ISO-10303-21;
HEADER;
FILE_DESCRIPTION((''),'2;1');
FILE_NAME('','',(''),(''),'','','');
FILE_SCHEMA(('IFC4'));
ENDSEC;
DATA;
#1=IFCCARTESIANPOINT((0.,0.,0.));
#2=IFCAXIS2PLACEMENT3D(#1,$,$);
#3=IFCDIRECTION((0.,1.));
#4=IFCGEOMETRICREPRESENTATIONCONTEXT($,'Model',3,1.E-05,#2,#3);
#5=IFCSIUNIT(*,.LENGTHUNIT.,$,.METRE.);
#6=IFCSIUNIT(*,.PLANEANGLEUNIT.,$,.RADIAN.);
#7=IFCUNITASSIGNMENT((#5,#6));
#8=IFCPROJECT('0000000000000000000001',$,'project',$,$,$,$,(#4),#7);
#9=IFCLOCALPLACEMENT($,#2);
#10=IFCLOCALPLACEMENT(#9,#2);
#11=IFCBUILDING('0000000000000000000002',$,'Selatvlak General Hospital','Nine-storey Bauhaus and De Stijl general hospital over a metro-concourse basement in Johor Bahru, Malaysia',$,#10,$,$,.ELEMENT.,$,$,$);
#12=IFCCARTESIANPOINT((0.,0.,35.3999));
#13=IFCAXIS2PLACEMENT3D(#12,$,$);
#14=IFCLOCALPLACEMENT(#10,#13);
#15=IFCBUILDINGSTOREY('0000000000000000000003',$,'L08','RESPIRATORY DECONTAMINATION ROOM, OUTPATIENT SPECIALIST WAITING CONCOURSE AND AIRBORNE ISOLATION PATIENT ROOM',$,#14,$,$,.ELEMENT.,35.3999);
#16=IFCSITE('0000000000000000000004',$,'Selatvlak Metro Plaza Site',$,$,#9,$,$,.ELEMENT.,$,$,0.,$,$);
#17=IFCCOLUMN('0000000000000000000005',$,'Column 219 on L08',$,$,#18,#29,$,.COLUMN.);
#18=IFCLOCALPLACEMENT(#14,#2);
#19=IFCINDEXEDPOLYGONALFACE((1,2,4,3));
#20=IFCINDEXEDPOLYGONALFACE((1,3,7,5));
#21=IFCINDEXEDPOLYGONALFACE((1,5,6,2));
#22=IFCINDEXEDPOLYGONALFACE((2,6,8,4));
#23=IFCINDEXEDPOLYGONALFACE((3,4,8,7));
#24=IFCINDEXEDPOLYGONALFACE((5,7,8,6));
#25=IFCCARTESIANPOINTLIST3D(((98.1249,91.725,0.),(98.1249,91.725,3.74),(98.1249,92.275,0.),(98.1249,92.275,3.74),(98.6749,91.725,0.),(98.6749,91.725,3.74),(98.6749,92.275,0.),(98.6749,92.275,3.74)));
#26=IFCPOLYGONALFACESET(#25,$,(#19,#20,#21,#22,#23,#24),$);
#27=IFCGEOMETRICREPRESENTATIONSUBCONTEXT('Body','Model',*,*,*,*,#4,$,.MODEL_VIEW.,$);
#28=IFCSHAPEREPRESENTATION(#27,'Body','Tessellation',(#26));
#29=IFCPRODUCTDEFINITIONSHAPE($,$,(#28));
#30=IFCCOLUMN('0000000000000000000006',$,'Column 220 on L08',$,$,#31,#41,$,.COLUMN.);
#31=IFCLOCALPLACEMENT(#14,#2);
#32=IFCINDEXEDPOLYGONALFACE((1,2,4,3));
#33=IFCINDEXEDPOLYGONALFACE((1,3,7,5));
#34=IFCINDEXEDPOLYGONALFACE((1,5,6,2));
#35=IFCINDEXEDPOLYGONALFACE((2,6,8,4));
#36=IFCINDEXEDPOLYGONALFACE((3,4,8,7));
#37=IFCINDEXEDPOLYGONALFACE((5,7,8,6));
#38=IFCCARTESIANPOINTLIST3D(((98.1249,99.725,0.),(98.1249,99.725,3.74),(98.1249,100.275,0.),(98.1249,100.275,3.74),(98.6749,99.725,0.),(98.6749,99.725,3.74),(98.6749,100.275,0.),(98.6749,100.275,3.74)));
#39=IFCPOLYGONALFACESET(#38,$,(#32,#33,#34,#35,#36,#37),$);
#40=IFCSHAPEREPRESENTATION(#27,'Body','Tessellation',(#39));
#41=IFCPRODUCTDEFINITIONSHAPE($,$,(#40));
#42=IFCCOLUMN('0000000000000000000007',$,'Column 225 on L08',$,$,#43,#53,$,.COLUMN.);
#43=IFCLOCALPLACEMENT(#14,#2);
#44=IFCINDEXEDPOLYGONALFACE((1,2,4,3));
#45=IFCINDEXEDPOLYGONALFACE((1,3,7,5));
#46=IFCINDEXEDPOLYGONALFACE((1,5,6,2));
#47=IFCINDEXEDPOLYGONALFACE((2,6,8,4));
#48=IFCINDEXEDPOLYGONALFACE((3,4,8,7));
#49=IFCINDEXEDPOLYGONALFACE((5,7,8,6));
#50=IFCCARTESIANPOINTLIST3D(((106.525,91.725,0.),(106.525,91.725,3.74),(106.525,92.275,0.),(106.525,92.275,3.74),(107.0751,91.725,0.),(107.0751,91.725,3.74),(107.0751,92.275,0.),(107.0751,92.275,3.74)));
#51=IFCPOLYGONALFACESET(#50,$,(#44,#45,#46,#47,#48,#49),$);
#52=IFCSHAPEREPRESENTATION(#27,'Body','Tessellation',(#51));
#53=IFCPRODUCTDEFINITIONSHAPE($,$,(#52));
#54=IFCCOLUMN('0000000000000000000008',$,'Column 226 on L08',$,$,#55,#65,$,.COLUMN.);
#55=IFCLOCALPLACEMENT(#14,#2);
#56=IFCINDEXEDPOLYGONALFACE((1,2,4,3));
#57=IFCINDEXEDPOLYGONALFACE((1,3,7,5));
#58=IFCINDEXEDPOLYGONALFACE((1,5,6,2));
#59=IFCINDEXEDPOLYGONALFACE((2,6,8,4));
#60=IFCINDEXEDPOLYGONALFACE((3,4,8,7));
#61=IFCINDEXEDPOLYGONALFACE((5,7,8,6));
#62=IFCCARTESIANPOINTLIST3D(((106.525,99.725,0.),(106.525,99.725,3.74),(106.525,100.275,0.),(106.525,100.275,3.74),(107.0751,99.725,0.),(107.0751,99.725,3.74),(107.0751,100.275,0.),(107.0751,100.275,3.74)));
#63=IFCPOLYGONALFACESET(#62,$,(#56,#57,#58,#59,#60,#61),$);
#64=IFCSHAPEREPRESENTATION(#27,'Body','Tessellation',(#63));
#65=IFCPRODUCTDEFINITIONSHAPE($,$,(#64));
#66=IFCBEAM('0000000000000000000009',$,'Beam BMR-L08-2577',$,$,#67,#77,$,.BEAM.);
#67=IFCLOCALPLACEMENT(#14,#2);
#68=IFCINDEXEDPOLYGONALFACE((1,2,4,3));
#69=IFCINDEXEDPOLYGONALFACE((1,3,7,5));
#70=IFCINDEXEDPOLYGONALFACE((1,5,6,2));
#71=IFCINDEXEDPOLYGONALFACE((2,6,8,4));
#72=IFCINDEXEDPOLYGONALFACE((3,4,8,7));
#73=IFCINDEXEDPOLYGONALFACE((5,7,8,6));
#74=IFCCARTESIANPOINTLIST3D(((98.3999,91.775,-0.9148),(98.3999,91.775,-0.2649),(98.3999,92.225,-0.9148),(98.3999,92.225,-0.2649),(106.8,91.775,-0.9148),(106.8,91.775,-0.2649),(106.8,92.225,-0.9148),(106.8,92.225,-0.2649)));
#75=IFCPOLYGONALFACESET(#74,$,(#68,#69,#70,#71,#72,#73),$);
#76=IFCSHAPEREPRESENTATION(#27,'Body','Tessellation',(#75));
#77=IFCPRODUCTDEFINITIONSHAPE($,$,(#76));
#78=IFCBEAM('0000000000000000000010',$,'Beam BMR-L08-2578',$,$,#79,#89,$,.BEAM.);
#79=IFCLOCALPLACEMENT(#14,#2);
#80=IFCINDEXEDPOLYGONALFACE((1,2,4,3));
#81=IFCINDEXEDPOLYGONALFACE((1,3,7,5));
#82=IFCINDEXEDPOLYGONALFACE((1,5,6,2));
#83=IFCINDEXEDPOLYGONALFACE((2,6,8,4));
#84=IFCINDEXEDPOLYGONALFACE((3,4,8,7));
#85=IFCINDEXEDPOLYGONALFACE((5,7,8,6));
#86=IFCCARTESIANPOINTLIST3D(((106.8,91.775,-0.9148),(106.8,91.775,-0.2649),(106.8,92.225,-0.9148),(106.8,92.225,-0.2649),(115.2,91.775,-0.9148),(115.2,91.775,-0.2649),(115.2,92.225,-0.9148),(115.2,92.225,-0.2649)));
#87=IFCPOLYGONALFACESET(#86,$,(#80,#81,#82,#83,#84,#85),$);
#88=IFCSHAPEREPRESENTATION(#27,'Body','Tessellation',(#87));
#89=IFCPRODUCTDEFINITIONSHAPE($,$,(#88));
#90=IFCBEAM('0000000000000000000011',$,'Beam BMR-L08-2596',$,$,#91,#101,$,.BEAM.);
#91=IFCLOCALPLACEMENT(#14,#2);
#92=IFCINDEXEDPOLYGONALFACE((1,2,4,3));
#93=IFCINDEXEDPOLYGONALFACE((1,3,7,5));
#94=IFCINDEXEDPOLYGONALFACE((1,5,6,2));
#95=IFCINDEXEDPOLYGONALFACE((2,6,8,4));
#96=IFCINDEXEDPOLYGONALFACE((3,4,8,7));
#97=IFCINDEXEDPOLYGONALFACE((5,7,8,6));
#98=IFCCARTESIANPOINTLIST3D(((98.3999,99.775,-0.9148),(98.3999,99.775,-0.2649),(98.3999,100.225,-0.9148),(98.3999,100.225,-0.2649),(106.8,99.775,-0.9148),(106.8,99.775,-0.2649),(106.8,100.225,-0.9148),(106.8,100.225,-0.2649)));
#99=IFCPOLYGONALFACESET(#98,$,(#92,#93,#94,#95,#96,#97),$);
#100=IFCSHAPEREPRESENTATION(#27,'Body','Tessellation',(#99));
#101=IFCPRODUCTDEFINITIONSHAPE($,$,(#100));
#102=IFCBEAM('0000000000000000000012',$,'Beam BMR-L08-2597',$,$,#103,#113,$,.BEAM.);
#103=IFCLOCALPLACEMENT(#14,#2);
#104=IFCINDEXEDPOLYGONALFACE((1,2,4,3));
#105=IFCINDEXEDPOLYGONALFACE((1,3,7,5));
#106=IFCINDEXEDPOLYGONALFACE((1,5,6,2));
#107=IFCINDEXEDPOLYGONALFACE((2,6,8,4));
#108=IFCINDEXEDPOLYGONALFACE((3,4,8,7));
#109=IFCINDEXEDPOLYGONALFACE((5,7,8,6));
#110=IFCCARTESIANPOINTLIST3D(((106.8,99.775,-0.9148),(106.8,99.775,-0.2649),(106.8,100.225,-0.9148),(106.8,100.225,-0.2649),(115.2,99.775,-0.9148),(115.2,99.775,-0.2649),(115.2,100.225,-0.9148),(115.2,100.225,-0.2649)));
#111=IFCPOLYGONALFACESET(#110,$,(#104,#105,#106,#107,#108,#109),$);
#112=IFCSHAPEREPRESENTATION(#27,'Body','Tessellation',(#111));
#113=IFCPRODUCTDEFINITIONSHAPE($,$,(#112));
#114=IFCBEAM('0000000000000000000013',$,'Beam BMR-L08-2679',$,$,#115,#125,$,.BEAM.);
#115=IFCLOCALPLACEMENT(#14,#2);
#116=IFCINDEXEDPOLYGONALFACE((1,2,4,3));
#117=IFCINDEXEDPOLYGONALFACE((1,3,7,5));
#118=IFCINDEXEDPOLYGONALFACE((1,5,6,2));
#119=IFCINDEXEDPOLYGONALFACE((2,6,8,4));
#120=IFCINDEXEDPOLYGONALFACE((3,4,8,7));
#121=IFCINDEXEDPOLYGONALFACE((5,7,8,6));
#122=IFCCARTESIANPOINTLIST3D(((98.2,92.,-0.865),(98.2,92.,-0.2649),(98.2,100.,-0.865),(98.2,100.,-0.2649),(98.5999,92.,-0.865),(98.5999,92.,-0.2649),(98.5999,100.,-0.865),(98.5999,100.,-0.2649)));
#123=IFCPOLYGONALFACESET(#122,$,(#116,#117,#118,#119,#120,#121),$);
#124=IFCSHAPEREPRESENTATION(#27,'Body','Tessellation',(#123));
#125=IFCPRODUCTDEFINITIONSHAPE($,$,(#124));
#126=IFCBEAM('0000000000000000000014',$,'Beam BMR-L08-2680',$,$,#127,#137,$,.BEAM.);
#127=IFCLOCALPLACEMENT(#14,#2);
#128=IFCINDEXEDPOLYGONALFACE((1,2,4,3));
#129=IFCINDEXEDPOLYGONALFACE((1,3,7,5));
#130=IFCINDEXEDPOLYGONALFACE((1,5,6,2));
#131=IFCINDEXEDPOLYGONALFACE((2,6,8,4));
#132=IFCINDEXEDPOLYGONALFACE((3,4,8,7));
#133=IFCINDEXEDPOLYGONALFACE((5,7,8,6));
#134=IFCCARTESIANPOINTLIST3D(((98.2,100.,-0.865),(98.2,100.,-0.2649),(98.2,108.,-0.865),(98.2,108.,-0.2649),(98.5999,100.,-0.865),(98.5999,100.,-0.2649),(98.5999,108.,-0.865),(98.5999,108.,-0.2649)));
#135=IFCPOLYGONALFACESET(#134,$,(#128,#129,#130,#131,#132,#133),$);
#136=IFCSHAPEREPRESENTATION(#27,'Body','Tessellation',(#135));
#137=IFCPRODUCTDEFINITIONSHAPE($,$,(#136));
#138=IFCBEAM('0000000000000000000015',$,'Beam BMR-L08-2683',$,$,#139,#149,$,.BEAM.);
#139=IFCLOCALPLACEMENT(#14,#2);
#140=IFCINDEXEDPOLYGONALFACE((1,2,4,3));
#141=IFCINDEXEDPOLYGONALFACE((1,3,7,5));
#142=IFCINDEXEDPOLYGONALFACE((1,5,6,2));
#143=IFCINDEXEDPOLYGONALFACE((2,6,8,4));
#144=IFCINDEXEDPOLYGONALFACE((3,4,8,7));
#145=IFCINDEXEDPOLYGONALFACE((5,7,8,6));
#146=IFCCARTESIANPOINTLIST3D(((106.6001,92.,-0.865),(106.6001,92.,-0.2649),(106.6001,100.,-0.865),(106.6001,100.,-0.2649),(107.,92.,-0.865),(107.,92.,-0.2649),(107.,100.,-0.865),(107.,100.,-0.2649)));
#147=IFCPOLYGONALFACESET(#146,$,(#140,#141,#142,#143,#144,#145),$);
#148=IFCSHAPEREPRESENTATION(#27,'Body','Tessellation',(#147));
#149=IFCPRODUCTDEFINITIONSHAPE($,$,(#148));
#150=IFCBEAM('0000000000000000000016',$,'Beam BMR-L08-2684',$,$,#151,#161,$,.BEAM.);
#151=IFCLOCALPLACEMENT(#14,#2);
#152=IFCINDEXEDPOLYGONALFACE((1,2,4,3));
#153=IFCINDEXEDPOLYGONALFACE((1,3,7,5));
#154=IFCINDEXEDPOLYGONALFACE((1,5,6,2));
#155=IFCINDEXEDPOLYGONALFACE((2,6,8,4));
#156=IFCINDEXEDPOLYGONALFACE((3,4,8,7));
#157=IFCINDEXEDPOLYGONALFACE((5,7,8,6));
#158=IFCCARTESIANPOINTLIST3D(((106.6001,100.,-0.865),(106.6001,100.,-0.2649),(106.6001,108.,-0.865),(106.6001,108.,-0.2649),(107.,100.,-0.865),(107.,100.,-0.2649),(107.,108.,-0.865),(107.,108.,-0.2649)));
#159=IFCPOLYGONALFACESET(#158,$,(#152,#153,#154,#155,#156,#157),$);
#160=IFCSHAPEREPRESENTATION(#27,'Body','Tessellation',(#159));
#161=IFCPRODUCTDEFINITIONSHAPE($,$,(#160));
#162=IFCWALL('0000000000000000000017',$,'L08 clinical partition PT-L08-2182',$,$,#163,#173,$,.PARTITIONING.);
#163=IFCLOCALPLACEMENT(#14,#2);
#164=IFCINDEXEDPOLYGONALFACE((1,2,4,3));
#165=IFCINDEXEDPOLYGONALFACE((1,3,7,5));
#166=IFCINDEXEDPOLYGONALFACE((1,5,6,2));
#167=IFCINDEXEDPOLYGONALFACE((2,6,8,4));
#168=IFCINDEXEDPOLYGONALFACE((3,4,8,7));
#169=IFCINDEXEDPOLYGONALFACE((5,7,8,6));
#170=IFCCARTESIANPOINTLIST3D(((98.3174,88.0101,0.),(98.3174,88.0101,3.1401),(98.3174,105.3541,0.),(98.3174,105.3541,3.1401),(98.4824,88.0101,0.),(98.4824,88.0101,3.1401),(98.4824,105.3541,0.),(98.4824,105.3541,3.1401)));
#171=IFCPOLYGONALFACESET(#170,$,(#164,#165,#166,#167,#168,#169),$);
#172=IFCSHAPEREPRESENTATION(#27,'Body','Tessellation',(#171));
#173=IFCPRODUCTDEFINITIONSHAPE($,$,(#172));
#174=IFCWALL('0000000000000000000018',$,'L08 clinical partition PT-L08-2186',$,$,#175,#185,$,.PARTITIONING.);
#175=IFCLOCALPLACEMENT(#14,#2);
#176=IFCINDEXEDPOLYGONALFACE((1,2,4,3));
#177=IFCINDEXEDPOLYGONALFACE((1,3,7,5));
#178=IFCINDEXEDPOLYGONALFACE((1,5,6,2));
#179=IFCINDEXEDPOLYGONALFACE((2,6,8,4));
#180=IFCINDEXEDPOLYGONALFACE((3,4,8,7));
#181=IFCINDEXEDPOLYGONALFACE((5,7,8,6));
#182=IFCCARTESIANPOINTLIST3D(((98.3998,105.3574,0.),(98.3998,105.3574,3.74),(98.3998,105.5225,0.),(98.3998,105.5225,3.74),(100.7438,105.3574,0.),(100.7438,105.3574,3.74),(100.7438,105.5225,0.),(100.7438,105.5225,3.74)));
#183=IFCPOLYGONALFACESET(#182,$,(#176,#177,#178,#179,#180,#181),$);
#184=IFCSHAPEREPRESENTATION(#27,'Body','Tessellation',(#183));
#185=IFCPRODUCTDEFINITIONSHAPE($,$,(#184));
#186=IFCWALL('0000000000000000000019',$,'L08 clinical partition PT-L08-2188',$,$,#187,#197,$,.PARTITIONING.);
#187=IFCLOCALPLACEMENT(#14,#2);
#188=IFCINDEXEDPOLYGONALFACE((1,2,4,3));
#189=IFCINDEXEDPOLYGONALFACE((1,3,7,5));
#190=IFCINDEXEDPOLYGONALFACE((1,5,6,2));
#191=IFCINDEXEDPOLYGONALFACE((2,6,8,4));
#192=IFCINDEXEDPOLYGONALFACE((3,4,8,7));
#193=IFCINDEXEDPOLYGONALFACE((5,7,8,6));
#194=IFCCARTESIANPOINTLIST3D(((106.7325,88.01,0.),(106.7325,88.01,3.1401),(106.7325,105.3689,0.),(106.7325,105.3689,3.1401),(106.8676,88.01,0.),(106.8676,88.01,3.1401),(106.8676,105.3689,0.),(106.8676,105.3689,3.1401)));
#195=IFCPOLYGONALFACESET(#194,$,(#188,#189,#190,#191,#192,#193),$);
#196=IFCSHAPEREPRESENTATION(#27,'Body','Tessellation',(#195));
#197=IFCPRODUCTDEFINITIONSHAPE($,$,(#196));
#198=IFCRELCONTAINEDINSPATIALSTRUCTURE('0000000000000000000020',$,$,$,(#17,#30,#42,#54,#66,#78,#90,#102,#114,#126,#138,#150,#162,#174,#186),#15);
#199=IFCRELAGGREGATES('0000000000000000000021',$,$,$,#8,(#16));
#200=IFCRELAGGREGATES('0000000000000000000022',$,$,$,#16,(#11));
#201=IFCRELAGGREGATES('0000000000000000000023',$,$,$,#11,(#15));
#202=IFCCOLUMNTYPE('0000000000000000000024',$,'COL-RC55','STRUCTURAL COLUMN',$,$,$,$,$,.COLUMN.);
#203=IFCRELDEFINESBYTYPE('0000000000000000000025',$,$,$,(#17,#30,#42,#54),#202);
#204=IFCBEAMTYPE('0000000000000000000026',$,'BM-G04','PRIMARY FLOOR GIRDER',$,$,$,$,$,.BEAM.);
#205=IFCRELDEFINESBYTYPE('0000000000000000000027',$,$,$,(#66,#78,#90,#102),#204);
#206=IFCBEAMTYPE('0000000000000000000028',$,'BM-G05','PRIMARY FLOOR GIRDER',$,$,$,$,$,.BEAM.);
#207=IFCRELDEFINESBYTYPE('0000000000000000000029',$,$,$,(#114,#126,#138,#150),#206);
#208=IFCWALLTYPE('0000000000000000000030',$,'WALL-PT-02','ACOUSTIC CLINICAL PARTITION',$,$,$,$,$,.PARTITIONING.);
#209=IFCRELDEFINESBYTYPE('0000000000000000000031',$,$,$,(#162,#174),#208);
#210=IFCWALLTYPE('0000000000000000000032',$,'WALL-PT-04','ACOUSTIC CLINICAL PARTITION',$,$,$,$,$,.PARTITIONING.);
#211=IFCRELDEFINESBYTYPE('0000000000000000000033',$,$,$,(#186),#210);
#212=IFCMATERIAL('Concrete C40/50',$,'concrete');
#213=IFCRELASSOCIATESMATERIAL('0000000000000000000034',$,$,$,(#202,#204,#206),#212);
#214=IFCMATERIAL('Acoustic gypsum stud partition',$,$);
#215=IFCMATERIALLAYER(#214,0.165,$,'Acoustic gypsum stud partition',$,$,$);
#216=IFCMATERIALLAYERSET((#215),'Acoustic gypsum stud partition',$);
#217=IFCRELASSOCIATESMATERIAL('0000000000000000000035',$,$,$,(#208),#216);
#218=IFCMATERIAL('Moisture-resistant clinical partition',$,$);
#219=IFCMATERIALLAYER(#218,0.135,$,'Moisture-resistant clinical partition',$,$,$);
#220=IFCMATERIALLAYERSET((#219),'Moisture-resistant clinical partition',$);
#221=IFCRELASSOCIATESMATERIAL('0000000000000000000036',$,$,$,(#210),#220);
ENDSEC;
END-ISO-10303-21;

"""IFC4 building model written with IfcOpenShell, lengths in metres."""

from ifc_helpers import new_model, si_unit, direction, frame, frame_2d, origin, origin_2d, place, context, subcontext, project, spatial, rectangle, extrude, material, layer, layer_set, material_profile, profile_set, type_object, element, save


model = new_model("IFC4")

# Units and contexts
model_context = context("Model", 3, precision=1e-05, world=origin(), true_north=direction((0.0, 1.0)))
body_context = subcontext(model_context, "Body", "Model", "MODEL_VIEW")
ifc_project = project(units=[si_unit("LENGTHUNIT", "METRE"), si_unit("PLANEANGLEUNIT", "RADIAN")], contexts=[model_context])

# Site, building, storey
site_placement = place(None, origin())
site = spatial("IfcSite", under=ifc_project, at=site_placement, Name="Selatvlak Metro Plaza Site", CompositionType="ELEMENT", RefElevation=0.0)
building_placement = place(site_placement, origin())
building = spatial("IfcBuilding", under=site, at=building_placement, Name="Selatvlak General Hospital", Description="Nine-storey Bauhaus and De Stijl general hospital over a metro-concourse basement in Johor Bahru, Malaysia", CompositionType="ELEMENT")
storey_placement = place(building_placement, frame((0.0, 0.0, 35.3999)))
storey = spatial("IfcBuildingStorey", under=building, at=storey_placement, Name="L08", Description="RESPIRATORY DECONTAMINATION ROOM, OUTPATIENT SPECIALIST WAITING CONCOURSE AND AIRBORNE ISOLATION PATIENT ROOM", CompositionType="ELEMENT", Elevation=35.3999)

# Columns
ifc_material_1 = material(Name="Concrete C40/50", Category="concrete")
ifc_material_profile_1 = material_profile(ifc_material_1, rectangle(XDim=0.55, YDim=0.55, at=origin_2d()), Name="RC-COL 550x550")
ifc_profile_set_1 = profile_set([ifc_material_profile_1], Name="Concrete C40/50")
column_type = type_object("IfcColumnType", Name="COL-RC55", Description="STRUCTURAL COLUMN", PredefinedType="COLUMN", material=ifc_profile_set_1)
for number, where, z_axis, x_axis, name in (
    (1, (98.3999, 92.0, 0.0), (0.0, 0.0, 1.0), (1.0, 0.0, 0.0), "Column 219 on L08"),
    (2, (98.3999, 100.0, 0.0), (0.0, 0.0, 1.0), (1.0, 0.0, 0.0), "Column 220 on L08"),
    (3, (106.8, 92.0, 0.0), (0.0, 0.0, 1.0), (1.0, 0.0, 0.0), "Column 225 on L08"),
    (4, (106.8, 100.0, 0.0), (0.0, 0.0, 1.0), (1.0, 0.0, 0.0), "Column 226 on L08"),
):
    element("IfcColumn", number, at=place(storey_placement, frame(where, z_axis=z_axis, x_axis=x_axis)), inside=storey, type_object=column_type, Name=name, PredefinedType="COLUMN", context=body_context, shape_type="SweptSolid", body=[
        extrude(rectangle(XDim=0.55, YDim=0.55, at=origin_2d()), origin(), (0.0, 0.0, 1.0), 3.74),
    ])

# Beams
ifc_material_profile_2 = material_profile(ifc_material_1, rectangle(XDim=0.45, YDim=0.6499, at=origin_2d()), Name="RC-BM 450x650")
ifc_profile_set_2 = profile_set([ifc_material_profile_2], Name="Concrete C40/50")
beam_type_1 = type_object("IfcBeamType", Name="BM-G04", Description="PRIMARY FLOOR GIRDER", PredefinedType="BEAM", material=ifc_profile_set_2)
beam_1_placement = place(storey_placement, frame((98.3999, 92.0, -0.5898), z_axis=(1.0, 0.0, 0.0), x_axis=(0.0, 1.0, 0.0)))
element("IfcBeam", 5, at=beam_1_placement, inside=storey, type_object=beam_type_1, Name="Beam BMR-L08-2577", PredefinedType="BEAM", context=body_context, shape_type="SweptSolid", body=[
    extrude(rectangle(XDim=0.45, YDim=0.6499, at=origin_2d()), origin(), (0.0, 0.0, 1.0), 8.4001),
])
beam_2_placement = place(storey_placement, frame((106.8, 92.0, -0.5898), z_axis=(1.0, 0.0, 0.0), x_axis=(0.0, 1.0, 0.0)))
element("IfcBeam", 6, at=beam_2_placement, inside=storey, type_object=beam_type_1, Name="Beam BMR-L08-2578", PredefinedType="BEAM", context=body_context, shape_type="SweptSolid", body=[
    extrude(rectangle(XDim=0.45, YDim=0.6499, at=origin_2d()), origin(), (0.0, 0.0, 1.0), 8.3999),
])
beam_3_placement = place(storey_placement, frame((98.3999, 100.0, -0.5898), z_axis=(1.0, 0.0, 0.0), x_axis=(0.0, 1.0, 0.0)))
element("IfcBeam", 7, at=beam_3_placement, inside=storey, type_object=beam_type_1, Name="Beam BMR-L08-2596", PredefinedType="BEAM", context=body_context, shape_type="SweptSolid", body=[
    extrude(rectangle(XDim=0.45, YDim=0.6499, at=origin_2d()), origin(), (0.0, 0.0, 1.0), 8.4001),
])
beam_4_placement = place(storey_placement, frame((106.8, 100.0, -0.5898), z_axis=(1.0, 0.0, 0.0), x_axis=(0.0, 1.0, 0.0)))
element("IfcBeam", 8, at=beam_4_placement, inside=storey, type_object=beam_type_1, Name="Beam BMR-L08-2597", PredefinedType="BEAM", context=body_context, shape_type="SweptSolid", body=[
    extrude(rectangle(XDim=0.45, YDim=0.6499, at=origin_2d()), origin(), (0.0, 0.0, 1.0), 8.3999),
])
ifc_material_profile_3 = material_profile(ifc_material_1, rectangle(XDim=0.3999, YDim=0.6001, at=origin_2d()), Name="RC-BM 400x600")
ifc_profile_set_3 = profile_set([ifc_material_profile_3], Name="Concrete C40/50")
beam_type_2 = type_object("IfcBeamType", Name="BM-G05", Description="PRIMARY FLOOR GIRDER", PredefinedType="BEAM", material=ifc_profile_set_3)
for number, where, z_axis, x_axis, name in (
    (9, (98.3999, 92.0, -0.5649), (0.0, 1.0, 0.0), (-1.0, 0.0, 0.0), "Beam BMR-L08-2679"),
    (10, (98.3999, 100.0, -0.5649), (0.0, 1.0, 0.0), (-1.0, 0.0, 0.0), "Beam BMR-L08-2680"),
    (11, (106.8, 92.0, -0.5649), (0.0, 1.0, 0.0), (-1.0, 0.0, 0.0), "Beam BMR-L08-2683"),
    (12, (106.8, 100.0, -0.5649), (0.0, 1.0, 0.0), (-1.0, 0.0, 0.0), "Beam BMR-L08-2684"),
):
    element("IfcBeam", number, at=place(storey_placement, frame(where, z_axis=z_axis, x_axis=x_axis)), inside=storey, type_object=beam_type_2, Name=name, PredefinedType="BEAM", context=body_context, shape_type="SweptSolid", body=[
        extrude(rectangle(XDim=0.3999, YDim=0.6001, at=origin_2d()), origin(), (0.0, 0.0, 1.0), 8.0),
    ])

# Walls
ifc_material_2 = material(Name="Acoustic gypsum stud partition")
ifc_layer_1 = layer(ifc_material_2, 0.165, Name="Acoustic gypsum stud partition")
ifc_layer_set_1 = layer_set([ifc_layer_1], Name="Acoustic gypsum stud partition")
wall_type_1 = type_object("IfcWallType", Name="WALL-PT-02", Description="ACOUSTIC CLINICAL PARTITION", PredefinedType="PARTITIONING", material=ifc_layer_set_1)
wall_1_placement = place(storey_placement, frame((98.3999, 105.354, 0.0), z_axis=(0.0, 0.0, 1.0), x_axis=(0.0, -1.0, 0.0)))
element("IfcWall", 13, at=wall_1_placement, inside=storey, type_object=wall_type_1, Name="L08 clinical partition PT-L08-2182", PredefinedType="PARTITIONING", context=body_context, shape_type="SweptSolid", body=[
    extrude(rectangle(XDim=17.344, YDim=0.165, at=frame_2d((8.6719, 0.0))), origin(), (0.0, 0.0, 1.0), 3.1401),
])
wall_2_placement = place(storey_placement, frame((98.3999, 105.4399, 0.0), z_axis=(0.0, 0.0, 1.0), x_axis=(1.0, 0.0, 0.0)))
element("IfcWall", 14, at=wall_2_placement, inside=storey, type_object=wall_type_1, Name="L08 clinical partition PT-L08-2186", PredefinedType="PARTITIONING", context=body_context, shape_type="SweptSolid", body=[
    extrude(rectangle(XDim=2.344, YDim=0.165, at=frame_2d((1.1719, 0.0))), origin(), (0.0, 0.0, 1.0), 3.74),
])

# Wall
ifc_material_3 = material(Name="Moisture-resistant clinical partition")
ifc_layer_2 = layer(ifc_material_3, 0.135, Name="Moisture-resistant clinical partition")
ifc_layer_set_2 = layer_set([ifc_layer_2], Name="Moisture-resistant clinical partition")
wall_type_2 = type_object("IfcWallType", Name="WALL-PT-04", Description="ACOUSTIC CLINICAL PARTITION", PredefinedType="PARTITIONING", material=ifc_layer_set_2)
wall_3_placement = place(storey_placement, frame((106.8, 105.3689, 0.0), z_axis=(0.0, 0.0, 1.0), x_axis=(0.0, -1.0, 0.0)))
element("IfcWall", 15, at=wall_3_placement, inside=storey, type_object=wall_type_2, Name="L08 clinical partition PT-L08-2188", PredefinedType="PARTITIONING", context=body_context, shape_type="SweptSolid", body=[
    extrude(rectangle(XDim=17.3589, YDim=0.135, at=frame_2d((8.6794, 0.0))), origin(), (0.0, 0.0, 1.0), 3.1401),
])

save(model, "model.ifc")
